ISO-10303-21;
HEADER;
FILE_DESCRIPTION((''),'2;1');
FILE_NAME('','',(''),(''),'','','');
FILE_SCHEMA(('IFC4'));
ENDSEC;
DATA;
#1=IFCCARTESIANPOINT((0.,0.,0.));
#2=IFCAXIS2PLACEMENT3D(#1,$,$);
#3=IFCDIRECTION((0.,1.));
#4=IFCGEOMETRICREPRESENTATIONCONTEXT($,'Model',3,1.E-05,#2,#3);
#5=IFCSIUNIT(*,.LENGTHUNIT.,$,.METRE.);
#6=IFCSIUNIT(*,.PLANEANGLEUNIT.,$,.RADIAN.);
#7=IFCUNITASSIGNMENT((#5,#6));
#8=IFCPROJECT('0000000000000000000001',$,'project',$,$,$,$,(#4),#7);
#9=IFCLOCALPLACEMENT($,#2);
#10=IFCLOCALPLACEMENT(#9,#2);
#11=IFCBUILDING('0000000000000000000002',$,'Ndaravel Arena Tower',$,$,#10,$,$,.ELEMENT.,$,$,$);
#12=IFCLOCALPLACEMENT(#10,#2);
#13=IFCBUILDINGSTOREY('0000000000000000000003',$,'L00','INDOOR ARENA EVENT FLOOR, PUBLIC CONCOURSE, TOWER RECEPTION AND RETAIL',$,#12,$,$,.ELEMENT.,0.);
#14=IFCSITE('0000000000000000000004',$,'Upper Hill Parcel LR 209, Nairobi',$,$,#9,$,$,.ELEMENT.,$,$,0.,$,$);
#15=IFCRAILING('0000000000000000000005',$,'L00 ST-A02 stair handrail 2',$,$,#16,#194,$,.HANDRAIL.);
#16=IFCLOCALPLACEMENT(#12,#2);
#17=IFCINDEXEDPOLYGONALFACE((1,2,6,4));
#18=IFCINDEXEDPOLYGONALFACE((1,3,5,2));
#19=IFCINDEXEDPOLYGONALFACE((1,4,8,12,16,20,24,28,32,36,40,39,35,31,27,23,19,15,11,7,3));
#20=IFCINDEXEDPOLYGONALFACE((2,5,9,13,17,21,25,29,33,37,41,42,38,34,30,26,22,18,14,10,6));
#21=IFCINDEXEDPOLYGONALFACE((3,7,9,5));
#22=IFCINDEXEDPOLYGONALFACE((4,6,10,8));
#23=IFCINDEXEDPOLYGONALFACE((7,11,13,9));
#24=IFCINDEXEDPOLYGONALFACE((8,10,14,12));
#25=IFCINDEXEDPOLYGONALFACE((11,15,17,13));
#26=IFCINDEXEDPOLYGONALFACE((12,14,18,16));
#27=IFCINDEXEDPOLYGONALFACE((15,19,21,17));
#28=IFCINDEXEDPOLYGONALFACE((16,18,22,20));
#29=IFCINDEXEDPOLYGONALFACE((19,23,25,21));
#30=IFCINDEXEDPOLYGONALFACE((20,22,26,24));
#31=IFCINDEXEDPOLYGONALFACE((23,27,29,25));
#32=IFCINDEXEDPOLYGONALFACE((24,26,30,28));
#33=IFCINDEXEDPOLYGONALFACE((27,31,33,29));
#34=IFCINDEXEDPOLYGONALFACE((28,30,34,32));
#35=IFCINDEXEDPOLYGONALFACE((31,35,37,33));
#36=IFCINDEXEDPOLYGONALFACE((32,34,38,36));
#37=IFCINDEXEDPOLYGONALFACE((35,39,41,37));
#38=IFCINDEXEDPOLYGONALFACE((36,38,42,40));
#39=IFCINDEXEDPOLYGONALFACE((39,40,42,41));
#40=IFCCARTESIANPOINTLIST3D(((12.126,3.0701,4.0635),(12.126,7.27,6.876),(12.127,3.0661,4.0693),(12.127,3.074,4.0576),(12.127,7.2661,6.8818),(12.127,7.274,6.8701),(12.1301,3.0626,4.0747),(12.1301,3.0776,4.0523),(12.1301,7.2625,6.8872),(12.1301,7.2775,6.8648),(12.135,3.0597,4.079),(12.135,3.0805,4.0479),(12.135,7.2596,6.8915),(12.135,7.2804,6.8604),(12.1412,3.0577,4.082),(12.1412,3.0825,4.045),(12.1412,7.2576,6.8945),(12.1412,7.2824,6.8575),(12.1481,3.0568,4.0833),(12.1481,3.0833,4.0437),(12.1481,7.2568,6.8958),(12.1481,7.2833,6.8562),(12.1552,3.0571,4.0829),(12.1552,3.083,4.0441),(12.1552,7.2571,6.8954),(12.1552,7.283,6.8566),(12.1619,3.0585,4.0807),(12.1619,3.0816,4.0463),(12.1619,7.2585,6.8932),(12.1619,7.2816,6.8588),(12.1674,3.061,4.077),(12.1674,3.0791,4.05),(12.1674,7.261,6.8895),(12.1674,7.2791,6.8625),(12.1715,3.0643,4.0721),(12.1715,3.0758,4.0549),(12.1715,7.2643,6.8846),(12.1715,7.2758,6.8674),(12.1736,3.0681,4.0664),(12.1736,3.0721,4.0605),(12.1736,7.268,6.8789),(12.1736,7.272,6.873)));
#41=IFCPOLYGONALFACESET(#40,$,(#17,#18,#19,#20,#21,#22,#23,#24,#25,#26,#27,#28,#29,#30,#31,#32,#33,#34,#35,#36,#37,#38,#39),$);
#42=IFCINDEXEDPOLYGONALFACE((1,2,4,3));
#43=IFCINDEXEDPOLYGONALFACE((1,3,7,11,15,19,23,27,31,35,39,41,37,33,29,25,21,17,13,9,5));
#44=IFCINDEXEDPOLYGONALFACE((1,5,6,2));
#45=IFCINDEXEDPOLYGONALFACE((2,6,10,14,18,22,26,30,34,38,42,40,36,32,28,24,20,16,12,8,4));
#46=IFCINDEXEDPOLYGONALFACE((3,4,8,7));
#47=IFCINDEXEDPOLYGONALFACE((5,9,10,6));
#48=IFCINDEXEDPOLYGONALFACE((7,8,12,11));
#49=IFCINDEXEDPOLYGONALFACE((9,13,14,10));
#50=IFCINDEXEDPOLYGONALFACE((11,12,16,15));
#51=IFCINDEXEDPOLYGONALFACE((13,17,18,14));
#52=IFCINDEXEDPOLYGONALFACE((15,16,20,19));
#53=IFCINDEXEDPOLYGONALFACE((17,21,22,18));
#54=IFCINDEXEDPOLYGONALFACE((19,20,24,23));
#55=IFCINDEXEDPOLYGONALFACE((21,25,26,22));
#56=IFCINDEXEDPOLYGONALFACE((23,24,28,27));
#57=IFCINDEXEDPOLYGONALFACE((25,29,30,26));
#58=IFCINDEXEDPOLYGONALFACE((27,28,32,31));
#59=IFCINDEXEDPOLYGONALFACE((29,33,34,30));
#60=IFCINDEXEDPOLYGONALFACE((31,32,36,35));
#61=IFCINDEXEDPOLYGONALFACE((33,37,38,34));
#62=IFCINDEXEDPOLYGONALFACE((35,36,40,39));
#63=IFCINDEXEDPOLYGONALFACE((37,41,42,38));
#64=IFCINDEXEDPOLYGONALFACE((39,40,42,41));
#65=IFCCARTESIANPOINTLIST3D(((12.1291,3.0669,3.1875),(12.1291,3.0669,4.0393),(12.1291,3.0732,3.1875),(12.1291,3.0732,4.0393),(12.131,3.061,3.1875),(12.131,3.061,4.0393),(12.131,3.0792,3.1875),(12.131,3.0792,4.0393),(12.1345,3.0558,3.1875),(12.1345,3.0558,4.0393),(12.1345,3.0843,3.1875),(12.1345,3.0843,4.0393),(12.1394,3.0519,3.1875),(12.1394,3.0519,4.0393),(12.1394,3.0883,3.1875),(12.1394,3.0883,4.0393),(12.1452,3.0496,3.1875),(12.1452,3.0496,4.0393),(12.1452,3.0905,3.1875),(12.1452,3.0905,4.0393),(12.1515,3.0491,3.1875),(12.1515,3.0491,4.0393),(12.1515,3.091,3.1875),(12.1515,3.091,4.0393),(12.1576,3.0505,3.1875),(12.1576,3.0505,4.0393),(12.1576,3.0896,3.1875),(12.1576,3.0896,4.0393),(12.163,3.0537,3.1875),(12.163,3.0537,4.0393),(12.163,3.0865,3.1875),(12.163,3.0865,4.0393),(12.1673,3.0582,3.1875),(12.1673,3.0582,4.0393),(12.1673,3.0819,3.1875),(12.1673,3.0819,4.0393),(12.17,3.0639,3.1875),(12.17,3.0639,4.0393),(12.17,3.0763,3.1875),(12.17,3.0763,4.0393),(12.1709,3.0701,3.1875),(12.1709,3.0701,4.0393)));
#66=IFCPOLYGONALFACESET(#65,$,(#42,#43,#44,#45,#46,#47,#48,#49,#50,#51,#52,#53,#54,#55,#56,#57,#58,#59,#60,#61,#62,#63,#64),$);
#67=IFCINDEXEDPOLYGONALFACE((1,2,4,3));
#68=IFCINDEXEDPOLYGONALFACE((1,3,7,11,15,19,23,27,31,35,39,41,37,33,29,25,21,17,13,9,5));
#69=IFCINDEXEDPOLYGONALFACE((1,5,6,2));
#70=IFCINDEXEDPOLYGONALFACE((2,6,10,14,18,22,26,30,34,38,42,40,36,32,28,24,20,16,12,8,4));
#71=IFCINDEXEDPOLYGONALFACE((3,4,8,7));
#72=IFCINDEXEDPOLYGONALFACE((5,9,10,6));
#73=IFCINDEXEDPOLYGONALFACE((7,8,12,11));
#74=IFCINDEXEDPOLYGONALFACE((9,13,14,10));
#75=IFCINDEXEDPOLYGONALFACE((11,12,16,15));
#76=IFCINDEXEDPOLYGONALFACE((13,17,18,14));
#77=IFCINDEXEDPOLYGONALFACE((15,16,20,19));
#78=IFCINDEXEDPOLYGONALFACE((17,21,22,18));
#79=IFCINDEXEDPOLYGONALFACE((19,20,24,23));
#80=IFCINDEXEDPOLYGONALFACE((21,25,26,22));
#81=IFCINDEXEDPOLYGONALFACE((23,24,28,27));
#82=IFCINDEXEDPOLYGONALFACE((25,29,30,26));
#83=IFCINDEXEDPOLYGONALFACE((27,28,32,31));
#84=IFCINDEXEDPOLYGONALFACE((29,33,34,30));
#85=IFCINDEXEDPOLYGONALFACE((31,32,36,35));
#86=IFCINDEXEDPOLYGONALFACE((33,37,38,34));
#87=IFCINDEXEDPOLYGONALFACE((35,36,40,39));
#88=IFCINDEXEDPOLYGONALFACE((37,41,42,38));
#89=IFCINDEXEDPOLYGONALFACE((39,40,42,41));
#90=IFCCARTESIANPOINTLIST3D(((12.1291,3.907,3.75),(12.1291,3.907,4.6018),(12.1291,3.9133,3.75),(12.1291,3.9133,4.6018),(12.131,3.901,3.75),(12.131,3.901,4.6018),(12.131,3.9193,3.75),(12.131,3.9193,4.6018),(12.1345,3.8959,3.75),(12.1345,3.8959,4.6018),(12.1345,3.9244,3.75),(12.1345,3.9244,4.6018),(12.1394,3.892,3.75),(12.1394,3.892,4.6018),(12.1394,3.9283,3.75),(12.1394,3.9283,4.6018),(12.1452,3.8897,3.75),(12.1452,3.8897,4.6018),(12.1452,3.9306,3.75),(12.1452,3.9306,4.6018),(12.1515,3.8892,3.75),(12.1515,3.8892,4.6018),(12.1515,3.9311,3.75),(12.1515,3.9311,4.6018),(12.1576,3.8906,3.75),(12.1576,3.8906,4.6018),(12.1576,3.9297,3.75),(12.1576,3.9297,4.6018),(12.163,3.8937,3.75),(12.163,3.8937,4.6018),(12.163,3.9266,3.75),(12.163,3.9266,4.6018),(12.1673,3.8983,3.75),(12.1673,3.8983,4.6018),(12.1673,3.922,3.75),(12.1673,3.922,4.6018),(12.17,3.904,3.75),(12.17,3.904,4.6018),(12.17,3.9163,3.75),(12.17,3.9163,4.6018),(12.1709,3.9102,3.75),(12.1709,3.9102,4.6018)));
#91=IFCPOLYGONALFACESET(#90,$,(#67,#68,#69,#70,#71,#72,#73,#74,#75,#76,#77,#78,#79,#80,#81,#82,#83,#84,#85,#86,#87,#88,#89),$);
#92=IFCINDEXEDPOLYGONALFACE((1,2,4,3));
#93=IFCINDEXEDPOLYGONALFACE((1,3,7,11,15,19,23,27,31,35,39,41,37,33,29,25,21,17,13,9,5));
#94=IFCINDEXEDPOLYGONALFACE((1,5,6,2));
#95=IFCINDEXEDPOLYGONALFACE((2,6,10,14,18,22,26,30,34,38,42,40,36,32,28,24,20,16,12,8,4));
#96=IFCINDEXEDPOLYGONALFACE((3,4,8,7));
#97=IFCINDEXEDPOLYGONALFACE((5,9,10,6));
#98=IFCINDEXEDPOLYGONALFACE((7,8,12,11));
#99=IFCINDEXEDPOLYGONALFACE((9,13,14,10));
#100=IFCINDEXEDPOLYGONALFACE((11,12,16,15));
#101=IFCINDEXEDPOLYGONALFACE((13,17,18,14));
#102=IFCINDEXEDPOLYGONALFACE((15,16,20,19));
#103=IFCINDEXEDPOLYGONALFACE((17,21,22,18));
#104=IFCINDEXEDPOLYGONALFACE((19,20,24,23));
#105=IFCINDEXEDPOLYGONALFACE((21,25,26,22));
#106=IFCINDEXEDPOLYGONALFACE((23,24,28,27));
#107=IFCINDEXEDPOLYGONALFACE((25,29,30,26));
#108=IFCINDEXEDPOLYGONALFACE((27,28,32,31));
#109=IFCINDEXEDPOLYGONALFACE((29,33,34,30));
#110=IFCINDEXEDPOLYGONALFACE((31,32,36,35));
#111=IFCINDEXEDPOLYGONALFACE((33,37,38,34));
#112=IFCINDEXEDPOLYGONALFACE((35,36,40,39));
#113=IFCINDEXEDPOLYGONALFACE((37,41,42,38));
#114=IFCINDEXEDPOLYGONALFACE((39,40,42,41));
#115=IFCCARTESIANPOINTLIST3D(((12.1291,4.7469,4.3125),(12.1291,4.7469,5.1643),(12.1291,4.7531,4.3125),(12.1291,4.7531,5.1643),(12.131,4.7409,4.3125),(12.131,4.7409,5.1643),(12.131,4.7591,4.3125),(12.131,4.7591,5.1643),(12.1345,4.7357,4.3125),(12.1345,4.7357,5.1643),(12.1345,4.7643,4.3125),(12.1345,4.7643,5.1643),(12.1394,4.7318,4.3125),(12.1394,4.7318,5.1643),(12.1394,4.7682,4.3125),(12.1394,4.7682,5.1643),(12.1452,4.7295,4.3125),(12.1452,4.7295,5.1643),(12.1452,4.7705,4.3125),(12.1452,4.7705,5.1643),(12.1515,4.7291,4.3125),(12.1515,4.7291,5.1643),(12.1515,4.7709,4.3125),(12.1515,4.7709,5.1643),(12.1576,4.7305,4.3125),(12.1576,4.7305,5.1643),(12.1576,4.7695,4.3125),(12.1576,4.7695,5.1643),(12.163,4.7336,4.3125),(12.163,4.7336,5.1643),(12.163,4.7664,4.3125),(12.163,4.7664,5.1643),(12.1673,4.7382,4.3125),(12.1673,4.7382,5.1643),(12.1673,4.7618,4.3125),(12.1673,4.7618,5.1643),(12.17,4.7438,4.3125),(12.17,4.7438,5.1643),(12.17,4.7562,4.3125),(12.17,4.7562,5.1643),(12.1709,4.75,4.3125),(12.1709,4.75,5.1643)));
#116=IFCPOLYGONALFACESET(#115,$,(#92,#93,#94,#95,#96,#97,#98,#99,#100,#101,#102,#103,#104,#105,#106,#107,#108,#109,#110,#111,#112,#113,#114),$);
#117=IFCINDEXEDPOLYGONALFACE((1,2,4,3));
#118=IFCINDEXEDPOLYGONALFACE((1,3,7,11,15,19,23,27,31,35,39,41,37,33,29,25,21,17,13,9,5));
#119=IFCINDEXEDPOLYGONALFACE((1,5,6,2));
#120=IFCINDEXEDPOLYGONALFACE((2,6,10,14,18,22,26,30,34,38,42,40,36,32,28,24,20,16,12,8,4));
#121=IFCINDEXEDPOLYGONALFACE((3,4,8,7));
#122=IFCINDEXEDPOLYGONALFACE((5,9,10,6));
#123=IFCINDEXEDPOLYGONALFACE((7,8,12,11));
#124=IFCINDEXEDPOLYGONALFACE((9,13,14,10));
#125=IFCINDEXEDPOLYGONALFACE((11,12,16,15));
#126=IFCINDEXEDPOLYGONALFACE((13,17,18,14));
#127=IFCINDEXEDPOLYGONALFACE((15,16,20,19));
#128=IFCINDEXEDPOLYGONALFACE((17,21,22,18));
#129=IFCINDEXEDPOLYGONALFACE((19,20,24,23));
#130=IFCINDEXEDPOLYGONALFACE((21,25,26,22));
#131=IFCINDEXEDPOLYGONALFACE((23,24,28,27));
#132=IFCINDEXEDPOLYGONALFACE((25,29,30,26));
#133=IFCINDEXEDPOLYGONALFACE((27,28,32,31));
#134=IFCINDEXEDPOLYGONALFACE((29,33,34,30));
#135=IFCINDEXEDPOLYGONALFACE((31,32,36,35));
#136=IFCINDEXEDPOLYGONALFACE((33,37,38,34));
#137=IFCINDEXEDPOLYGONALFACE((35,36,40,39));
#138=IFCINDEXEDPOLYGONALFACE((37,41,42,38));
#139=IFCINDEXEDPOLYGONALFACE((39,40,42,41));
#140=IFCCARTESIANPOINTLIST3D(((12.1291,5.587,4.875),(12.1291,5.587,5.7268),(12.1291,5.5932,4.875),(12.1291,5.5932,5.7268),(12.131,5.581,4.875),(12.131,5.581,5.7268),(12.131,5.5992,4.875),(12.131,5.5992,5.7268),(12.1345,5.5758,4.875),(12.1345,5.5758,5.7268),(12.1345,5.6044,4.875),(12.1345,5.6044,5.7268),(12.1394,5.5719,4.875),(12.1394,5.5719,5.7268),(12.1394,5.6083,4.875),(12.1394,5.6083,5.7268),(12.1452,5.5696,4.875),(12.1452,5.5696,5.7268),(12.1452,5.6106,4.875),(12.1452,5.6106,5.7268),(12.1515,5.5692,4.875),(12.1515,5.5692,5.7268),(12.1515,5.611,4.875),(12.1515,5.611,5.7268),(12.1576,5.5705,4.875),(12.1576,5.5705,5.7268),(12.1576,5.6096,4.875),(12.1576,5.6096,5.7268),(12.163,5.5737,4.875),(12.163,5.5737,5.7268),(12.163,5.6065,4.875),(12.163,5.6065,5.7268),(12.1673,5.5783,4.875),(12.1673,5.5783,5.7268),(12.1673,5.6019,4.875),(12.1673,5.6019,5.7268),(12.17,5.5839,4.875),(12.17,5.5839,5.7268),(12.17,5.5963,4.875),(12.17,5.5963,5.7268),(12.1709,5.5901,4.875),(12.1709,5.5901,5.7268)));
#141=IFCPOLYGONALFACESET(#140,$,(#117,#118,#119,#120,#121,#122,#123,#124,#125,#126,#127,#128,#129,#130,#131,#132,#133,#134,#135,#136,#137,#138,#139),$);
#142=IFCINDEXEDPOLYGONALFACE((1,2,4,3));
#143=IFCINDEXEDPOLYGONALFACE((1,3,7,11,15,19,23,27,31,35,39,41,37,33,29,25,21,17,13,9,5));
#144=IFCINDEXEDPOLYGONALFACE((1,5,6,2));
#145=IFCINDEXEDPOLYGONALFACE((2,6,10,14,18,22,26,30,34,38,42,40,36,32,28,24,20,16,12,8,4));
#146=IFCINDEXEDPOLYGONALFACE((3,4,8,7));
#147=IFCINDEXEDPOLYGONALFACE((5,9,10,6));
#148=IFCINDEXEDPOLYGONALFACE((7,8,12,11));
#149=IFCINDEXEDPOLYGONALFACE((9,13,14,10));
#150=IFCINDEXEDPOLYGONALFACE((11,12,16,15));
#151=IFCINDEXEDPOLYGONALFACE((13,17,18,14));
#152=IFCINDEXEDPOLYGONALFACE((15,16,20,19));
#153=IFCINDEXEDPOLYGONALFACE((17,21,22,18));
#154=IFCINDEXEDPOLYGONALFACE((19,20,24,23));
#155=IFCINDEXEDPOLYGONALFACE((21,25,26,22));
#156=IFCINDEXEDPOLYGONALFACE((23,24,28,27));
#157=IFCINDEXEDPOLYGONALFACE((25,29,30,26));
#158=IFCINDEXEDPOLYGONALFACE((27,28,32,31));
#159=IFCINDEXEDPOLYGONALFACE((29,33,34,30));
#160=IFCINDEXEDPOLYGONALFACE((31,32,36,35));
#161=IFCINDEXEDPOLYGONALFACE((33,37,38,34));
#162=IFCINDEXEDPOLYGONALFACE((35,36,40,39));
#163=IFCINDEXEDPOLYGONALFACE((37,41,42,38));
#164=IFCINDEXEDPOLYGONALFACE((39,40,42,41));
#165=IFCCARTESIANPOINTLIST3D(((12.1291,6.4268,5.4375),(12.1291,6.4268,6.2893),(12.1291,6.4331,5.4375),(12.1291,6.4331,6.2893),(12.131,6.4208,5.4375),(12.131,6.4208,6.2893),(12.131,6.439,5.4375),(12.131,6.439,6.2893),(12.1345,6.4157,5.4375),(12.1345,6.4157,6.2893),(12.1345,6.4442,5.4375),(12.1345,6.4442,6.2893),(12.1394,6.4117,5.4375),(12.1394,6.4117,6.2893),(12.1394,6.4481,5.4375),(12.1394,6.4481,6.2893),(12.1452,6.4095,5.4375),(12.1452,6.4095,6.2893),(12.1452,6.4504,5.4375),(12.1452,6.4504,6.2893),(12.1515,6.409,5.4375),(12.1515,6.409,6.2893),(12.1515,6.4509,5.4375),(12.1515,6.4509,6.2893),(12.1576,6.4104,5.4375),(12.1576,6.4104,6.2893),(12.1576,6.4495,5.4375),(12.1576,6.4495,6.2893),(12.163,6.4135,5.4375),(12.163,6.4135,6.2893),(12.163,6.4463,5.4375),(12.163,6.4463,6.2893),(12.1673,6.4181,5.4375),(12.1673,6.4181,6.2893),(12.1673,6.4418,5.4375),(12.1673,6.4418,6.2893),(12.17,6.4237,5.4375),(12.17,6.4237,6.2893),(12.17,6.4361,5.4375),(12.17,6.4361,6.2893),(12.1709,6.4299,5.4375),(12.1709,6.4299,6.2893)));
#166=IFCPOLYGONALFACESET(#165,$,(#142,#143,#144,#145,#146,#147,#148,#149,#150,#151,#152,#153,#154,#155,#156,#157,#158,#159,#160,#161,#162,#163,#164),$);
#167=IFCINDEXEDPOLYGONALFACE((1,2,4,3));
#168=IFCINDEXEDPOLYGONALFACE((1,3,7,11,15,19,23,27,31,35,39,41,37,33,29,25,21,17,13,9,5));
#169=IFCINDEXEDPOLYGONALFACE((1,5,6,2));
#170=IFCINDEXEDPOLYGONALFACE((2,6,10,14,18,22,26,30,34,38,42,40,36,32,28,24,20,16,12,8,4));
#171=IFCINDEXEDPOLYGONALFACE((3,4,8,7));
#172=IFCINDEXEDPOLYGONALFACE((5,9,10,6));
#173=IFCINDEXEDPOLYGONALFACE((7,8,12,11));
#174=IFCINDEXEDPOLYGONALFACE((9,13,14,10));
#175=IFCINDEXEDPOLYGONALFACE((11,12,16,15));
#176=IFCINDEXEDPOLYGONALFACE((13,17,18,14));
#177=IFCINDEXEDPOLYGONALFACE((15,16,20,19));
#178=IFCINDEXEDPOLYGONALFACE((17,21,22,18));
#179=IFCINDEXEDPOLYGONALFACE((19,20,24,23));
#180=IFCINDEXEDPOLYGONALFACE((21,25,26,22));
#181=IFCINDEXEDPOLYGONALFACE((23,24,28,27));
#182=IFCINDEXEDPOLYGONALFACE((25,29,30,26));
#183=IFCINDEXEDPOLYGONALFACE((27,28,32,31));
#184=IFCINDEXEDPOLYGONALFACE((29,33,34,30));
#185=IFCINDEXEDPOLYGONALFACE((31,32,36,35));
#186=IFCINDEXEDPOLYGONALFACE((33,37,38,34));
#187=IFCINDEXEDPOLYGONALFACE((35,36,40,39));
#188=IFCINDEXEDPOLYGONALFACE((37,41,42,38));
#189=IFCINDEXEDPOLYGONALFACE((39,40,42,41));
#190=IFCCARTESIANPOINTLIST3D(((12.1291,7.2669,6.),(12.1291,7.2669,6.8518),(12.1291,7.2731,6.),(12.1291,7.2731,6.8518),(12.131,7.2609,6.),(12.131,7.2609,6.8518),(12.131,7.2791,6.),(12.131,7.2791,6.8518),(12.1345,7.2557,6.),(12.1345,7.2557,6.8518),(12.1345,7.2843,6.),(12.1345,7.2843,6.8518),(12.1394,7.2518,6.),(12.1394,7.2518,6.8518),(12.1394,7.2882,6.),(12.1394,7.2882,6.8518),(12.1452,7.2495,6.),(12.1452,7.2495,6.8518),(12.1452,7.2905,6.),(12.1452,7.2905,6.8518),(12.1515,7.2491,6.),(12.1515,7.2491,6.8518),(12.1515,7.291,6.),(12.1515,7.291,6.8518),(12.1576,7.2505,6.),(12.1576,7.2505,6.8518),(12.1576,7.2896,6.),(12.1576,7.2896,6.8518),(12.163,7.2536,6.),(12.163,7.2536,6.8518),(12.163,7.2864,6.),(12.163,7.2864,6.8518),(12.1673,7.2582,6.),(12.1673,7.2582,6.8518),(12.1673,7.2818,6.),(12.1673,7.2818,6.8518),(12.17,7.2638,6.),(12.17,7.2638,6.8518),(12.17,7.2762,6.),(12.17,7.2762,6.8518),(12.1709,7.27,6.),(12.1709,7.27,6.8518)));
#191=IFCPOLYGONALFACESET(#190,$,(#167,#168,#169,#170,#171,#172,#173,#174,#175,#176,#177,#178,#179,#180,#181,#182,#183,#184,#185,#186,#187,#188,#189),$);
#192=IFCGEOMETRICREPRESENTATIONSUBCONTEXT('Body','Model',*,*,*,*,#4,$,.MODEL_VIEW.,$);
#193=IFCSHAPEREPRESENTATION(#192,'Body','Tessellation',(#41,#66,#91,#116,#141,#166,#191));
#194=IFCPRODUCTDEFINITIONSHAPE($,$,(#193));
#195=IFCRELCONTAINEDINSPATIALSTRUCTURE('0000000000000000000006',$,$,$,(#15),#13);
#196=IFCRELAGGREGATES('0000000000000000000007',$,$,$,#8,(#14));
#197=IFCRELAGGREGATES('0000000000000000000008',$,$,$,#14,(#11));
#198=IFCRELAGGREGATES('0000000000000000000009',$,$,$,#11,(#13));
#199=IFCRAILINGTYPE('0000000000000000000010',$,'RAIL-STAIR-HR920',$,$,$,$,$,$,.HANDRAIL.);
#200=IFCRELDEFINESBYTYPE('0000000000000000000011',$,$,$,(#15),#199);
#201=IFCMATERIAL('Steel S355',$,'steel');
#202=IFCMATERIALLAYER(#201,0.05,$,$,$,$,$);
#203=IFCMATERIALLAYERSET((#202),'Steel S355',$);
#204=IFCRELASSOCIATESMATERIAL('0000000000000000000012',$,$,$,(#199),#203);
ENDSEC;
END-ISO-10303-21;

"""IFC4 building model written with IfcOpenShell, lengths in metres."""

from ifc_helpers import new_model, si_unit, direction, frame, origin, origin_2d, place, context, subcontext, project, spatial, circle, extrude, material, layer, layer_set, type_object, element, save


model = new_model("IFC4")

# Units and contexts
model_context = context("Model", 3, precision=1e-05, world=origin(), true_north=direction((0.0, 1.0)))
body_context = subcontext(model_context, "Body", "Model", "MODEL_VIEW")
ifc_project = project(units=[si_unit("LENGTHUNIT", "METRE"), si_unit("PLANEANGLEUNIT", "RADIAN")], contexts=[model_context])

# Site, building, storey
site_placement = place(None, origin())
site = spatial("IfcSite", under=ifc_project, at=site_placement, Name="Upper Hill Parcel LR 209, Nairobi", CompositionType="ELEMENT", RefElevation=0.0)
building_placement = place(site_placement, origin())
building = spatial("IfcBuilding", under=site, at=building_placement, Name="Ndaravel Arena Tower", CompositionType="ELEMENT")
storey_placement = place(building_placement, origin())
storey = spatial("IfcBuildingStorey", under=building, at=storey_placement, Name="L00", Description="INDOOR ARENA EVENT FLOOR, PUBLIC CONCOURSE, TOWER RECEPTION AND RETAIL", CompositionType="ELEMENT", Elevation=0.0)

# Railing
ifc_material_1 = material(Name="Steel S355", Category="steel")
ifc_layer_1 = layer(ifc_material_1, 0.05)
ifc_layer_set_1 = layer_set([ifc_layer_1], Name="Steel S355")
railing_type_1 = type_object("IfcRailingType", Name="RAIL-STAIR-HR920", PredefinedType="HANDRAIL", material=ifc_layer_set_1)
railing_1_placement = place(storey_placement, frame((12.1499, 3.0701, 3.1875)))
element("IfcRailing", 1, at=railing_1_placement, inside=storey, type_object=railing_type_1, Name="L00 ST-A02 stair handrail 2", PredefinedType="HANDRAIL", context=body_context, shape_type="SweptSolid", body=[
    extrude(circle(Radius=0.0239, at=origin_2d()), frame((0.0, 0.0, 0.876), z_axis=(0.0, 0.830904, 0.556416), x_axis=(-1.0, 0.0, 0.0)), (0.0, 0.0, 1.0), 5.0547),
    extrude(circle(Radius=0.021, at=origin_2d()), origin(), (0.0, 0.0, 1.0), 0.8518),
    extrude(circle(Radius=0.021, at=origin_2d()), frame((0.0, 0.8401, 0.5625)), (0.0, 0.0, 1.0), 0.8518),
    extrude(circle(Radius=0.021, at=origin_2d()), frame((0.0, 1.6799, 1.125)), (0.0, 0.0, 1.0), 0.8518),
    extrude(circle(Radius=0.021, at=origin_2d()), frame((0.0, 2.52, 1.6875)), (0.0, 0.0, 1.0), 0.8518),
    extrude(circle(Radius=0.021, at=origin_2d()), frame((0.0, 3.3599, 2.25)), (0.0, 0.0, 1.0), 0.8518),
    extrude(circle(Radius=0.021, at=origin_2d()), frame((0.0, 4.2, 2.8125)), (0.0, 0.0, 1.0), 0.8518),
])

save(model, "model.ifc")
